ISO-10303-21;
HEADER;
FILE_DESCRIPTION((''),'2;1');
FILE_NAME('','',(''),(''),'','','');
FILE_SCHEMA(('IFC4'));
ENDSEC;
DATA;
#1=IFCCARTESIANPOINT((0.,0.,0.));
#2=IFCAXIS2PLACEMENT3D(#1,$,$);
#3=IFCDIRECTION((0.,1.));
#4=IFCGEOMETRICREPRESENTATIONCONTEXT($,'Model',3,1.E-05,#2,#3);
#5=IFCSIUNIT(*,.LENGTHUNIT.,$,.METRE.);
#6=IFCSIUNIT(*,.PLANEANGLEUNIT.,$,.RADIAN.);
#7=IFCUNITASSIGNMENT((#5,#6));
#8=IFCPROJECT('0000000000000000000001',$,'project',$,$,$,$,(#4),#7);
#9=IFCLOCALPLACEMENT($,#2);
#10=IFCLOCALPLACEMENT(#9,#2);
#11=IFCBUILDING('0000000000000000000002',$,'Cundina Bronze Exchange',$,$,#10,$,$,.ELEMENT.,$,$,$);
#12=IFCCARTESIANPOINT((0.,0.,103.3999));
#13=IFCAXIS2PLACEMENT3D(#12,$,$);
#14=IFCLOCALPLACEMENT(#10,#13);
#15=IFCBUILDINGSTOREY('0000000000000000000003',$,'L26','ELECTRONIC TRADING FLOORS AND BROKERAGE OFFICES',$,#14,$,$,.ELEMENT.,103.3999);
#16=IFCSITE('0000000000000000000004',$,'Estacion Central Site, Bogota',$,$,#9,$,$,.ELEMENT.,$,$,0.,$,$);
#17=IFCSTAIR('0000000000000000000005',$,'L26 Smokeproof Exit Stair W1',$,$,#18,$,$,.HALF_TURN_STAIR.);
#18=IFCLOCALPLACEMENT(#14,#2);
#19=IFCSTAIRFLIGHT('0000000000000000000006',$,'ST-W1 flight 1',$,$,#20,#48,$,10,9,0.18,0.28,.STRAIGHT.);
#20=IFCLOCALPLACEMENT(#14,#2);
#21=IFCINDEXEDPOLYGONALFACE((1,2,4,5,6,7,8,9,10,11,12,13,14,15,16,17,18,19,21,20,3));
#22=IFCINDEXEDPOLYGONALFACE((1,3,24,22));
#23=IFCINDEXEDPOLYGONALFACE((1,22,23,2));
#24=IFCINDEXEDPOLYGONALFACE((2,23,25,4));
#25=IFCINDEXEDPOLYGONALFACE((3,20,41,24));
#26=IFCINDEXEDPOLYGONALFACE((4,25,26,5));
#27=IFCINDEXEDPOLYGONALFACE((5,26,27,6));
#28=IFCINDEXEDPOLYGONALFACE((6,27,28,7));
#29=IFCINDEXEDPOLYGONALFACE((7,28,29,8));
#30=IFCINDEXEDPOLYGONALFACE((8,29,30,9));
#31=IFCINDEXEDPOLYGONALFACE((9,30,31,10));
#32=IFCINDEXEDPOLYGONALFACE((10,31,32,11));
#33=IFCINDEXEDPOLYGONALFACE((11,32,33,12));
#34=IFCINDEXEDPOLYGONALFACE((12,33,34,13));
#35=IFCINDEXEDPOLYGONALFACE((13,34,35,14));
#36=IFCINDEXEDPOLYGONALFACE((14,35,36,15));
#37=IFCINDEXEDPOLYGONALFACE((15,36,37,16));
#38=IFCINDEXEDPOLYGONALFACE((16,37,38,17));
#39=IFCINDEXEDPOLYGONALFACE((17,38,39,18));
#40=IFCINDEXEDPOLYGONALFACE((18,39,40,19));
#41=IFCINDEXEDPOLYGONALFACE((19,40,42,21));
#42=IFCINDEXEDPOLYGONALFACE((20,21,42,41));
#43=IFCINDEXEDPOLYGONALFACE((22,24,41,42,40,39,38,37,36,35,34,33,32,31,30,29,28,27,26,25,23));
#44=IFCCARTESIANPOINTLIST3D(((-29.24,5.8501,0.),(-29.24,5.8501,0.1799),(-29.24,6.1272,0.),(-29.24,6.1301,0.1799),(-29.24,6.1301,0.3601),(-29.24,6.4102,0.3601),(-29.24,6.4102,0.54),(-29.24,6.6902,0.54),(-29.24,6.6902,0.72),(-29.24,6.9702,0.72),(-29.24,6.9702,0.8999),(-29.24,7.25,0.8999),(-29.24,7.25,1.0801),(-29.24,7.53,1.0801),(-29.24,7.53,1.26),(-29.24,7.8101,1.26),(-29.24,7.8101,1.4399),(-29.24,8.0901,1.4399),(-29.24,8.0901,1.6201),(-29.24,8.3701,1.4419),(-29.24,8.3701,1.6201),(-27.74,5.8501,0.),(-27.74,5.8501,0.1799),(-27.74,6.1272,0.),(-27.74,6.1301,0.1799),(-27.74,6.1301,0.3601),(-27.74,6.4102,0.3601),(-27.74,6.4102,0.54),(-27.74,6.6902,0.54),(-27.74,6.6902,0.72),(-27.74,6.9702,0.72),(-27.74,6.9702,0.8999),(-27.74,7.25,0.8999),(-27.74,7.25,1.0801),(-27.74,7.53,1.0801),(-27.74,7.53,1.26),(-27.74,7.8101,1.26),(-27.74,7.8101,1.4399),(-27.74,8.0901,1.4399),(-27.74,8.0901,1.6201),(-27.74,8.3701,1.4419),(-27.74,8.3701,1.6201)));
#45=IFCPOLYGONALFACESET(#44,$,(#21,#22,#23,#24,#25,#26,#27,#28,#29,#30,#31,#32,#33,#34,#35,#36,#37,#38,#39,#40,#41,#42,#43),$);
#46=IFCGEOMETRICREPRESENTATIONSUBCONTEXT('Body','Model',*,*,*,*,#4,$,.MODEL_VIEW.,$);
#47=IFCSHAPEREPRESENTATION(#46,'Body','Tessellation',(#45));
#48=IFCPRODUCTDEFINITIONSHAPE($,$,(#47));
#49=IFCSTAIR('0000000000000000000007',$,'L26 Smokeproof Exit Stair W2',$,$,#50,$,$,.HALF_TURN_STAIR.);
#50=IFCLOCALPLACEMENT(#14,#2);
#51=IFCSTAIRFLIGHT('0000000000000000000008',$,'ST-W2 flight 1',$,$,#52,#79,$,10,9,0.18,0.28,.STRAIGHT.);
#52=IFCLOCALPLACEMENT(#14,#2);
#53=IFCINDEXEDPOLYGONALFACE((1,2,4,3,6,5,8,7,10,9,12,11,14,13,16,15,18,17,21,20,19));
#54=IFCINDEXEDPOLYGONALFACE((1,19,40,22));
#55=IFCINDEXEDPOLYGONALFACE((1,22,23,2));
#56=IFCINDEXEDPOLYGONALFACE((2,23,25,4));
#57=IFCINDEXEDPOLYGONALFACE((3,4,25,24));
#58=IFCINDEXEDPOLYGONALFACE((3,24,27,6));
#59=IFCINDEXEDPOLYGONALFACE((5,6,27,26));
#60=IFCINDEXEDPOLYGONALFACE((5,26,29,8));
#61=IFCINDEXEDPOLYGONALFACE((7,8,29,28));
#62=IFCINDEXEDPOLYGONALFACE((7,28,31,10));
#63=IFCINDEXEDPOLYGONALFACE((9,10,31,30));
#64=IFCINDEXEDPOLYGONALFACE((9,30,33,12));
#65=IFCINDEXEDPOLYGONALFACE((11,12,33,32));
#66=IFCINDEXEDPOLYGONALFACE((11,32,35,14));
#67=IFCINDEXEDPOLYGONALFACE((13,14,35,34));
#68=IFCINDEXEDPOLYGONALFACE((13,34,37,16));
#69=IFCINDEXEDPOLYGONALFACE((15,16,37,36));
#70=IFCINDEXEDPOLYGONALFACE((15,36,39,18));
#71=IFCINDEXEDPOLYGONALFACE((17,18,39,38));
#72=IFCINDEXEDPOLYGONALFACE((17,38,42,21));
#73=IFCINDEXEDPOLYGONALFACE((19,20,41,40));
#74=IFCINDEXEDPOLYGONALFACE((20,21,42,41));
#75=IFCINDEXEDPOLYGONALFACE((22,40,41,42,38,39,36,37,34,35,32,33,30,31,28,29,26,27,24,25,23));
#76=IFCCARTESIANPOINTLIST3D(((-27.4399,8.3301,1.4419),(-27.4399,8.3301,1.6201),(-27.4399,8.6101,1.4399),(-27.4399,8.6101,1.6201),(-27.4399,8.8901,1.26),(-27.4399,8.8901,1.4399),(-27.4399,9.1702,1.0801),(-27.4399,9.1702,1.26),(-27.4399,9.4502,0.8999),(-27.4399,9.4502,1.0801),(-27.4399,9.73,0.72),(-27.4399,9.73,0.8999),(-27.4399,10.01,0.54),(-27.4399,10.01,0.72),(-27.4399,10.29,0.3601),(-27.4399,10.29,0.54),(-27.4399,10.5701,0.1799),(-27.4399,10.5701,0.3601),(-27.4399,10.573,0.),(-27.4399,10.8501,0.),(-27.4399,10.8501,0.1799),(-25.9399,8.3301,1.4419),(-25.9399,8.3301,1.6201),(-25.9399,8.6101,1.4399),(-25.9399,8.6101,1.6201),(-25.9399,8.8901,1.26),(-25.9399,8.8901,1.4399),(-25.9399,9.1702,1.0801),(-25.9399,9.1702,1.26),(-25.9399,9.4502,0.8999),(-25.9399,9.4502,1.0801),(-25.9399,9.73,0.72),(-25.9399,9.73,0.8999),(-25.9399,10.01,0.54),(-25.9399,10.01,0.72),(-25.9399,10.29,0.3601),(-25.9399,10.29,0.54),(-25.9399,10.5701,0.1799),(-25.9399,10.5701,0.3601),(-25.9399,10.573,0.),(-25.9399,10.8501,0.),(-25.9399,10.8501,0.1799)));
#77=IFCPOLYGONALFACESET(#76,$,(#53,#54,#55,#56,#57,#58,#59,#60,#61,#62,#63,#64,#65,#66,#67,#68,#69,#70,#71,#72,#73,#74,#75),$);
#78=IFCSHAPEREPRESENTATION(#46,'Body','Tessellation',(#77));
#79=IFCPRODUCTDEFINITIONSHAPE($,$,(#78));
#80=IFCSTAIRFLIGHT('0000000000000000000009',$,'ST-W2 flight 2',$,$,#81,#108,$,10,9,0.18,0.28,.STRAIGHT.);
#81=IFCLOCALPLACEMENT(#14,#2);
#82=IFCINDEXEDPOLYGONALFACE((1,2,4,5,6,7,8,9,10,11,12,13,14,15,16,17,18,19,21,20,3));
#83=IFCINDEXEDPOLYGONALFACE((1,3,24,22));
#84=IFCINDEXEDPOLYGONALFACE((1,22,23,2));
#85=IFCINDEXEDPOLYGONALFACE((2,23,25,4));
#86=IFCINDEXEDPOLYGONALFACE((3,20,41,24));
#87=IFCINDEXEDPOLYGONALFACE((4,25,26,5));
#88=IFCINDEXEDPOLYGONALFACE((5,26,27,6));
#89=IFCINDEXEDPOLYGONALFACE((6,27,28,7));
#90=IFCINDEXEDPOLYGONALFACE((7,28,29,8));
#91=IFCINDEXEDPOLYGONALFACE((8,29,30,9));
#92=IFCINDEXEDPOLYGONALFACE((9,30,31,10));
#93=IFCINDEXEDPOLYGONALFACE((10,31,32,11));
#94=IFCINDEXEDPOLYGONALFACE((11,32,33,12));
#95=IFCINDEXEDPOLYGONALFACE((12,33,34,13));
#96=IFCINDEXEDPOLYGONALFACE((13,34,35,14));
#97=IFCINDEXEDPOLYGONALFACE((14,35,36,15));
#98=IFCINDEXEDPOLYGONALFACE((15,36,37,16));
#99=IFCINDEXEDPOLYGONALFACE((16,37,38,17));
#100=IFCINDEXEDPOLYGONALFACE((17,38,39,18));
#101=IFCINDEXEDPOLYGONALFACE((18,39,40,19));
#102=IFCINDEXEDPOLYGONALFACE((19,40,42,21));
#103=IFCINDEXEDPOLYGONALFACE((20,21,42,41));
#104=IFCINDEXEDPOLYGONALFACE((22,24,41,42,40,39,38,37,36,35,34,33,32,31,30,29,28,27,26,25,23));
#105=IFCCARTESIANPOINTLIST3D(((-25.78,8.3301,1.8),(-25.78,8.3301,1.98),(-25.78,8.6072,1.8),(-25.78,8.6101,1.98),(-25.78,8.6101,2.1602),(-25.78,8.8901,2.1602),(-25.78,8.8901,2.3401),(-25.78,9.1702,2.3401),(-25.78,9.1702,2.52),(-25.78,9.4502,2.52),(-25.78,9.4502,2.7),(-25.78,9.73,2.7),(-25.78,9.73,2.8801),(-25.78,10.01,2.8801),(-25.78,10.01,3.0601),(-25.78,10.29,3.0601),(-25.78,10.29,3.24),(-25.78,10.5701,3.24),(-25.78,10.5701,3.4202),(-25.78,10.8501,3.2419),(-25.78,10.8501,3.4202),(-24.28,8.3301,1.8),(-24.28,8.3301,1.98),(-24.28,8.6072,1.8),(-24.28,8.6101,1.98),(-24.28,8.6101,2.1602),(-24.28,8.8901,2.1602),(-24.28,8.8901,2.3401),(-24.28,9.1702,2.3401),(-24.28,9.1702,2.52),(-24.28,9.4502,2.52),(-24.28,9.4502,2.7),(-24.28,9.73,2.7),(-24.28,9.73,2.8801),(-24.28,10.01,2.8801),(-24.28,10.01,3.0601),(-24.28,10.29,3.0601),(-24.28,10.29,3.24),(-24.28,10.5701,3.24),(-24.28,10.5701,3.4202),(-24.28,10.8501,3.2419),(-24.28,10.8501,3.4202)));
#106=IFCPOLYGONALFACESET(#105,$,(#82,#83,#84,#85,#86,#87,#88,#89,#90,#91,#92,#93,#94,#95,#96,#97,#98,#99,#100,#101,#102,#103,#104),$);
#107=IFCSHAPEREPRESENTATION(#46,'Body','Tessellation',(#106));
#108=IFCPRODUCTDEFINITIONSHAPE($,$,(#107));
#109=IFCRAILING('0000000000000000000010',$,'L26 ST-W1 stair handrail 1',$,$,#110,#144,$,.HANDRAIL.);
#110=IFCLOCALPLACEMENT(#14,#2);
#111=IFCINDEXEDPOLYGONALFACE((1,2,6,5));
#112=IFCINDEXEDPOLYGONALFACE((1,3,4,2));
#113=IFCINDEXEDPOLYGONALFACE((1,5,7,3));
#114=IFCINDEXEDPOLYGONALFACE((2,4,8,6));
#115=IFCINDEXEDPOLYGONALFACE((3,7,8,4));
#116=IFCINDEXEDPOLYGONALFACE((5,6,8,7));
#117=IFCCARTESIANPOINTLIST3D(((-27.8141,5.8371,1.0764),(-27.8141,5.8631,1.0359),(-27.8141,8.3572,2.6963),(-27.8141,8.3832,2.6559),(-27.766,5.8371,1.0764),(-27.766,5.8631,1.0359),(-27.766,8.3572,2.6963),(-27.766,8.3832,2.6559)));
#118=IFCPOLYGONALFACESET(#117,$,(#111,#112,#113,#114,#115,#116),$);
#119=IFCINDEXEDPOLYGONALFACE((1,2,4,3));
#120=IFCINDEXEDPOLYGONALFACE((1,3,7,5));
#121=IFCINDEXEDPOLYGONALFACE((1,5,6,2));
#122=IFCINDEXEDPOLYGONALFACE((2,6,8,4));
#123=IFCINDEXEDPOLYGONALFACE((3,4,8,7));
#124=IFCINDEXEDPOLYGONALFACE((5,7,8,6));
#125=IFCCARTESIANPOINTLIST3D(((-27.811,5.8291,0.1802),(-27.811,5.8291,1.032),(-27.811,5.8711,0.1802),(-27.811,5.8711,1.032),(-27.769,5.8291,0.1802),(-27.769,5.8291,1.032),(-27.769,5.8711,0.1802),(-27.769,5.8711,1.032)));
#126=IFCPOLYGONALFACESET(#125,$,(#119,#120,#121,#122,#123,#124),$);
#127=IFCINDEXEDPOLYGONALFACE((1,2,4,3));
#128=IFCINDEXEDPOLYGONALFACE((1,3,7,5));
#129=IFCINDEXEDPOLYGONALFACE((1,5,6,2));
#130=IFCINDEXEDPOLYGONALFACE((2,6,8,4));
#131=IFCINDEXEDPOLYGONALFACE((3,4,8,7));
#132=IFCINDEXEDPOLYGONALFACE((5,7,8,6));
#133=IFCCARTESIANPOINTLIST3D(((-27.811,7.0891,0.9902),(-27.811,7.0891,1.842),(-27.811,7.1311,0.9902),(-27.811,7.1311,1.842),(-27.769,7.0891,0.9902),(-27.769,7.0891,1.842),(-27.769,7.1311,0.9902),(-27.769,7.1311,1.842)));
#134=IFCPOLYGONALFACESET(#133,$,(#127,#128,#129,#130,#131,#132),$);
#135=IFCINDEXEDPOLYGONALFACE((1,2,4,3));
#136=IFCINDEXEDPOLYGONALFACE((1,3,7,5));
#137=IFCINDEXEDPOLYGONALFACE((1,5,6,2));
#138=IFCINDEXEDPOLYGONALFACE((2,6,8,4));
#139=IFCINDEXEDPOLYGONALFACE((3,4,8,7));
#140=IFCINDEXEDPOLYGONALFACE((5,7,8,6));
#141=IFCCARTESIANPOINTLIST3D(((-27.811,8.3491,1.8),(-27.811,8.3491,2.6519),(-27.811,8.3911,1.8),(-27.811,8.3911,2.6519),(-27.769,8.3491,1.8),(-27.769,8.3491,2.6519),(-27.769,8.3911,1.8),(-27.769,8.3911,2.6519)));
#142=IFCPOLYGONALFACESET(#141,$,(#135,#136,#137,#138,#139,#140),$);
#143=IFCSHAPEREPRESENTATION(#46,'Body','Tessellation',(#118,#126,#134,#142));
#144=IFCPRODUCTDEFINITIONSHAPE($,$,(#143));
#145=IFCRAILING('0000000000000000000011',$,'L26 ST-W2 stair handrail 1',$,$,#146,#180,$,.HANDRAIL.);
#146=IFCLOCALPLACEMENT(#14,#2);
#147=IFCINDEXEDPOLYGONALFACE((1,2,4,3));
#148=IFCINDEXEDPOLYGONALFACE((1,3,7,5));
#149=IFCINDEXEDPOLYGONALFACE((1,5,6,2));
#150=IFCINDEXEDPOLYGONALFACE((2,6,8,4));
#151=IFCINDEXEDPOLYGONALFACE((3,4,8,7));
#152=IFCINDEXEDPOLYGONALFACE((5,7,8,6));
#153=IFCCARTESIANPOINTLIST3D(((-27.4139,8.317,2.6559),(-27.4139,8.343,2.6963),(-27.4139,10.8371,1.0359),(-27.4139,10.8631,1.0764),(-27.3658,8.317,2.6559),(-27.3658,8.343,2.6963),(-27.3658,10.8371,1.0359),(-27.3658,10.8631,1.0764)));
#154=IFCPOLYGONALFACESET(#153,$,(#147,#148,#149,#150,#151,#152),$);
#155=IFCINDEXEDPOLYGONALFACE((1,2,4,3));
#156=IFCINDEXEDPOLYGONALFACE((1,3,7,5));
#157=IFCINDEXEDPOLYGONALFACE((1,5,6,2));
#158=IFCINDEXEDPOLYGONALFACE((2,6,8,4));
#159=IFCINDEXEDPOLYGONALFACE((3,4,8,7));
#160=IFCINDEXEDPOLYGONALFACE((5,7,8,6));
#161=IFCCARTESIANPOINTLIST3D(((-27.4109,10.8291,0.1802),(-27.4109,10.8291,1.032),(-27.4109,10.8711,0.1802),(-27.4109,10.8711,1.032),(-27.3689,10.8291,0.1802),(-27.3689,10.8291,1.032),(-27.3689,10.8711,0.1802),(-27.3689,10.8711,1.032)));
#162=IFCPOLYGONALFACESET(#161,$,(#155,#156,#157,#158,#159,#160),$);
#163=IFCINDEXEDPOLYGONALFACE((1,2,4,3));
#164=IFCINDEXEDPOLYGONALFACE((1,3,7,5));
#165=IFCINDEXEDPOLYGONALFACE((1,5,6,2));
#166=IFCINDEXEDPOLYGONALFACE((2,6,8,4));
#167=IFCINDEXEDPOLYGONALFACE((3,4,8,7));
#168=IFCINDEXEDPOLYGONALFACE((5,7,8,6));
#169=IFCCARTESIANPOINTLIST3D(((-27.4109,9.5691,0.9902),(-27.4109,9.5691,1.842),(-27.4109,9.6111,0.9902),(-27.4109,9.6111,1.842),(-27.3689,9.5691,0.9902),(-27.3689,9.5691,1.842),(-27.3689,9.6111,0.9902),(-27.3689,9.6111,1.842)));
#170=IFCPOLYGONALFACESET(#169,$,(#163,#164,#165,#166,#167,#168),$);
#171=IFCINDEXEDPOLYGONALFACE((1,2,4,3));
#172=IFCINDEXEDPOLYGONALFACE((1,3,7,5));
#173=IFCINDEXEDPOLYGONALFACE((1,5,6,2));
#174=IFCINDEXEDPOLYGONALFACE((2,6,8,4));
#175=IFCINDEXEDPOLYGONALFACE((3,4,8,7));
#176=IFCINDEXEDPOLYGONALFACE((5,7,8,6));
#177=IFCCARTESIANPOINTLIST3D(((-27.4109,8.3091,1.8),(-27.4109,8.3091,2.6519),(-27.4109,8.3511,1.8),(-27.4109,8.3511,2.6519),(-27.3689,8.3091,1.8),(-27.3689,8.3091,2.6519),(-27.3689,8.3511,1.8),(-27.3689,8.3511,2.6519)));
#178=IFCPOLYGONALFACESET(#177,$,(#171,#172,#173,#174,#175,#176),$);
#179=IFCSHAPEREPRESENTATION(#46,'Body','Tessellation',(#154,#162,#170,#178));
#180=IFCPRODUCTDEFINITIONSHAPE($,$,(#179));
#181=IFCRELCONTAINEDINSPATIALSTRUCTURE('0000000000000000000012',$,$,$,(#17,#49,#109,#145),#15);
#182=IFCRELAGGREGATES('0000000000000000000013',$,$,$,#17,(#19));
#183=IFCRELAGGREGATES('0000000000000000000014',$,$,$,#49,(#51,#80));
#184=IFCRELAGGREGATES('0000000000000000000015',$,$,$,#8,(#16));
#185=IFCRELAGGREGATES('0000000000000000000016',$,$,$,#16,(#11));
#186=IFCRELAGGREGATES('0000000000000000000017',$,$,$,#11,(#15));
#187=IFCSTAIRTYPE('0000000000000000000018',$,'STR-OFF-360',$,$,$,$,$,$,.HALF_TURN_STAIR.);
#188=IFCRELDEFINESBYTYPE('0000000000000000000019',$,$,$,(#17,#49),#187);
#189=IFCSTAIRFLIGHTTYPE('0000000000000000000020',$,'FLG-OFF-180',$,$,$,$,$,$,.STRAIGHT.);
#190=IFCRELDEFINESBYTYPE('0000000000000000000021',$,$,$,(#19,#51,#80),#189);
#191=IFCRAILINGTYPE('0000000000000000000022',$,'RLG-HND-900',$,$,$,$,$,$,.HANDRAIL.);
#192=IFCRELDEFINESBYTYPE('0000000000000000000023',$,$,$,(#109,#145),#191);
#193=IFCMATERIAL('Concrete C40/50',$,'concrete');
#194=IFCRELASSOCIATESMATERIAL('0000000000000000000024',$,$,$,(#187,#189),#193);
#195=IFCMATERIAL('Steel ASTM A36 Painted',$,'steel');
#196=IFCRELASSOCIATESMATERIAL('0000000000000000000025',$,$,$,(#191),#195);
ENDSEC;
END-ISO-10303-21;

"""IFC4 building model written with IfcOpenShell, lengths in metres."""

from ifc_helpers import new_model, si_unit, direction, frame, origin, origin_2d, place, context, subcontext, project, spatial, polyline, rectangle, outline, extrude, material, type_object, element, aggregate, save


model = new_model("IFC4")

# Units and contexts
model_context = context("Model", 3, precision=1e-05, world=origin(), true_north=direction((0.0, 1.0)))
body_context = subcontext(model_context, "Body", "Model", "MODEL_VIEW")
ifc_project = project(units=[si_unit("LENGTHUNIT", "METRE"), si_unit("PLANEANGLEUNIT", "RADIAN")], contexts=[model_context])

# Site, building, storey
site_placement = place(None, origin())
site = spatial("IfcSite", under=ifc_project, at=site_placement, Name="Estacion Central Site, Bogota", CompositionType="ELEMENT", RefElevation=0.0)
building_placement = place(site_placement, origin())
building = spatial("IfcBuilding", under=site, at=building_placement, Name="Cundina Bronze Exchange", CompositionType="ELEMENT")
storey_placement = place(building_placement, frame((0.0, 0.0, 103.3999)))
storey = spatial("IfcBuildingStorey", under=building, at=storey_placement, Name="L26", Description="ELECTRONIC TRADING FLOORS AND BROKERAGE OFFICES", CompositionType="ELEMENT", Elevation=103.3999)

# Shared definitions
ifc_material_1 = material(Name="Steel ASTM A36 Painted", Category="steel")

# Stair, stair flight
ifc_material_2 = material(Name="Concrete C40/50", Category="concrete")
stair_type = type_object("IfcStairType", Name="STR-OFF-360", PredefinedType="HALF_TURN_STAIR", material=ifc_material_2)
stair_1_placement = place(storey_placement, origin())
stair_1 = element("IfcStair", 1, at=stair_1_placement, inside=storey, type_object=stair_type, Name="L26 Smokeproof Exit Stair W1", PredefinedType="HALF_TURN_STAIR")
stair_flight_type = type_object("IfcStairFlightType", Name="FLG-OFF-180", PredefinedType="STRAIGHT", material=ifc_material_2)
stair_flight_1_placement = place(storey_placement, frame((-28.49, 5.8501, 0.0), z_axis=(0.0, 0.0, 1.0), x_axis=(0.0, 1.0, 0.0)))
stair_flight_1 = element("IfcStairFlight", 2, at=stair_flight_1_placement, type_object=stair_flight_type, Name="ST-W1 flight 1", NumberOfRisers=10, NumberOfTreads=9, PredefinedType="STRAIGHT", RiserHeight=0.18, TreadLength=0.28, context=body_context, shape_type="SweptSolid", body=[
    extrude(outline(polyline([(0.0, 0.0), (0.0, 0.1799), (0.28, 0.1799), (0.28, 0.3601), (0.5601, 0.3601), (0.5601, 0.54), (0.8401, 0.54), (0.8401, 0.72), (1.1201, 0.72), (1.1201, 0.8999), (1.3999, 0.8999), (1.3999, 1.0801), (1.6799, 1.0801), (1.6799, 1.26), (1.96, 1.26), (1.96, 1.4399), (2.24, 1.4399), (2.24, 1.6201), (2.52, 1.6201), (2.52, 1.8), (2.52, 1.4419), (0.2771, 0.0), (0.0, 0.0)])), frame((0.0, 0.75, 0.0), z_axis=(0.0, -1.0, 0.0), x_axis=(1.0, 0.0, 0.0)), (0.0, 0.0, 1.0), 1.5),
])
aggregate(stair_1, [stair_flight_1])

# Stair, stair flights
stair_2_placement = place(storey_placement, origin())
stair_2 = element("IfcStair", 3, at=stair_2_placement, inside=storey, type_object=stair_type, Name="L26 Smokeproof Exit Stair W2", PredefinedType="HALF_TURN_STAIR")
stair_flight_2_placement = place(storey_placement, frame((-26.6899, 10.8501, 0.0), z_axis=(0.0, 0.0, 1.0), x_axis=(0.0, -1.0, 0.0)))
stair_flight_2 = element("IfcStairFlight", 4, at=stair_flight_2_placement, type_object=stair_flight_type, Name="ST-W2 flight 1", NumberOfRisers=10, NumberOfTreads=9, PredefinedType="STRAIGHT", RiserHeight=0.18, TreadLength=0.28, context=body_context, shape_type="SweptSolid", body=[
    extrude(outline(polyline([(0.0, 0.0), (0.0, 0.1799), (0.28, 0.1799), (0.28, 0.3601), (0.5601, 0.3601), (0.5601, 0.54), (0.8401, 0.54), (0.8401, 0.72), (1.1201, 0.72), (1.1201, 0.8999), (1.3999, 0.8999), (1.3999, 1.0801), (1.6799, 1.0801), (1.6799, 1.26), (1.96, 1.26), (1.96, 1.4399), (2.24, 1.4399), (2.24, 1.6201), (2.52, 1.6201), (2.52, 1.8), (2.52, 1.4419), (0.2771, 0.0), (0.0, 0.0)])), frame((0.0, 0.75, 0.0), z_axis=(0.0, -1.0, 0.0), x_axis=(1.0, 0.0, 0.0)), (0.0, 0.0, 1.0), 1.5),
])
stair_flight_3_placement = place(storey_placement, frame((-25.03, 8.3301, 1.8), z_axis=(0.0, 0.0, 1.0), x_axis=(0.0, 1.0, 0.0)))
stair_flight_3 = element("IfcStairFlight", 5, at=stair_flight_3_placement, type_object=stair_flight_type, Name="ST-W2 flight 2", NumberOfRisers=10, NumberOfTreads=9, PredefinedType="STRAIGHT", RiserHeight=0.18, TreadLength=0.28, context=body_context, shape_type="SweptSolid", body=[
    extrude(outline(polyline([(0.0, 0.0), (0.0, 0.1799), (0.28, 0.1799), (0.28, 0.3601), (0.5601, 0.3601), (0.5601, 0.54), (0.8401, 0.54), (0.8401, 0.72), (1.1201, 0.72), (1.1201, 0.8999), (1.3999, 0.8999), (1.3999, 1.0801), (1.6799, 1.0801), (1.6799, 1.26), (1.96, 1.26), (1.96, 1.4399), (2.24, 1.4399), (2.24, 1.6201), (2.52, 1.6201), (2.52, 1.8), (2.52, 1.4419), (0.2771, 0.0), (0.0, 0.0)])), frame((0.0, 0.75, 0.0), z_axis=(0.0, -1.0, 0.0), x_axis=(1.0, 0.0, 0.0)), (0.0, 0.0, 1.0), 1.5),
])
aggregate(stair_2, [stair_flight_2, stair_flight_3])

# Railings
railing_type_1 = type_object("IfcRailingType", Name="RLG-HND-900", PredefinedType="HANDRAIL", material=ifc_material_1)
railing_1_placement = place(storey_placement, frame((-27.79, 5.8501, 0.1802)))
element("IfcRailing", 6, at=railing_1_placement, inside=storey, type_object=railing_type_1, Name="L26 ST-W1 stair handrail 1", PredefinedType="HANDRAIL", context=body_context, shape_type="SweptSolid", body=[
    extrude(rectangle(XDim=0.0481, YDim=0.0481, at=origin_2d()), frame((0.0, 0.0, 0.876), z_axis=(0.0, 0.8412, 0.540725), x_axis=(-1.0, 0.0, 0.0)), (0.0, 0.0, 1.0), 2.9958),
    extrude(rectangle(XDim=0.042, YDim=0.042, at=origin_2d()), origin(), (0.0, 0.0, 1.0), 0.8518),
    extrude(rectangle(XDim=0.042, YDim=0.042, at=origin_2d()), frame((0.0, 1.26, 0.8101)), (0.0, 0.0, 1.0), 0.8518),
    extrude(rectangle(XDim=0.042, YDim=0.042, at=origin_2d()), frame((0.0, 2.52, 1.6199)), (0.0, 0.0, 1.0), 0.8518),
])
railing_2_placement = place(storey_placement, frame((-27.3899, 10.8501, 0.1802)))
element("IfcRailing", 7, at=railing_2_placement, inside=storey, type_object=railing_type_1, Name="L26 ST-W2 stair handrail 1", PredefinedType="HANDRAIL", context=body_context, shape_type="SweptSolid", body=[
    extrude(rectangle(XDim=0.0481, YDim=0.0481, at=origin_2d()), frame((0.0, 0.0, 0.876), z_axis=(0.0, -0.8412, 0.540725), x_axis=(1.0, 0.0, 0.0)), (0.0, 0.0, 1.0), 2.9958),
    extrude(rectangle(XDim=0.042, YDim=0.042, at=origin_2d()), origin(), (0.0, 0.0, 1.0), 0.8518),
    extrude(rectangle(XDim=0.042, YDim=0.042, at=origin_2d()), frame((0.0, -1.26, 0.8101)), (0.0, 0.0, 1.0), 0.8518),
    extrude(rectangle(XDim=0.042, YDim=0.042, at=origin_2d()), frame((0.0, -2.52, 1.6199)), (0.0, 0.0, 1.0), 0.8518),
])

save(model, "model.ifc")
